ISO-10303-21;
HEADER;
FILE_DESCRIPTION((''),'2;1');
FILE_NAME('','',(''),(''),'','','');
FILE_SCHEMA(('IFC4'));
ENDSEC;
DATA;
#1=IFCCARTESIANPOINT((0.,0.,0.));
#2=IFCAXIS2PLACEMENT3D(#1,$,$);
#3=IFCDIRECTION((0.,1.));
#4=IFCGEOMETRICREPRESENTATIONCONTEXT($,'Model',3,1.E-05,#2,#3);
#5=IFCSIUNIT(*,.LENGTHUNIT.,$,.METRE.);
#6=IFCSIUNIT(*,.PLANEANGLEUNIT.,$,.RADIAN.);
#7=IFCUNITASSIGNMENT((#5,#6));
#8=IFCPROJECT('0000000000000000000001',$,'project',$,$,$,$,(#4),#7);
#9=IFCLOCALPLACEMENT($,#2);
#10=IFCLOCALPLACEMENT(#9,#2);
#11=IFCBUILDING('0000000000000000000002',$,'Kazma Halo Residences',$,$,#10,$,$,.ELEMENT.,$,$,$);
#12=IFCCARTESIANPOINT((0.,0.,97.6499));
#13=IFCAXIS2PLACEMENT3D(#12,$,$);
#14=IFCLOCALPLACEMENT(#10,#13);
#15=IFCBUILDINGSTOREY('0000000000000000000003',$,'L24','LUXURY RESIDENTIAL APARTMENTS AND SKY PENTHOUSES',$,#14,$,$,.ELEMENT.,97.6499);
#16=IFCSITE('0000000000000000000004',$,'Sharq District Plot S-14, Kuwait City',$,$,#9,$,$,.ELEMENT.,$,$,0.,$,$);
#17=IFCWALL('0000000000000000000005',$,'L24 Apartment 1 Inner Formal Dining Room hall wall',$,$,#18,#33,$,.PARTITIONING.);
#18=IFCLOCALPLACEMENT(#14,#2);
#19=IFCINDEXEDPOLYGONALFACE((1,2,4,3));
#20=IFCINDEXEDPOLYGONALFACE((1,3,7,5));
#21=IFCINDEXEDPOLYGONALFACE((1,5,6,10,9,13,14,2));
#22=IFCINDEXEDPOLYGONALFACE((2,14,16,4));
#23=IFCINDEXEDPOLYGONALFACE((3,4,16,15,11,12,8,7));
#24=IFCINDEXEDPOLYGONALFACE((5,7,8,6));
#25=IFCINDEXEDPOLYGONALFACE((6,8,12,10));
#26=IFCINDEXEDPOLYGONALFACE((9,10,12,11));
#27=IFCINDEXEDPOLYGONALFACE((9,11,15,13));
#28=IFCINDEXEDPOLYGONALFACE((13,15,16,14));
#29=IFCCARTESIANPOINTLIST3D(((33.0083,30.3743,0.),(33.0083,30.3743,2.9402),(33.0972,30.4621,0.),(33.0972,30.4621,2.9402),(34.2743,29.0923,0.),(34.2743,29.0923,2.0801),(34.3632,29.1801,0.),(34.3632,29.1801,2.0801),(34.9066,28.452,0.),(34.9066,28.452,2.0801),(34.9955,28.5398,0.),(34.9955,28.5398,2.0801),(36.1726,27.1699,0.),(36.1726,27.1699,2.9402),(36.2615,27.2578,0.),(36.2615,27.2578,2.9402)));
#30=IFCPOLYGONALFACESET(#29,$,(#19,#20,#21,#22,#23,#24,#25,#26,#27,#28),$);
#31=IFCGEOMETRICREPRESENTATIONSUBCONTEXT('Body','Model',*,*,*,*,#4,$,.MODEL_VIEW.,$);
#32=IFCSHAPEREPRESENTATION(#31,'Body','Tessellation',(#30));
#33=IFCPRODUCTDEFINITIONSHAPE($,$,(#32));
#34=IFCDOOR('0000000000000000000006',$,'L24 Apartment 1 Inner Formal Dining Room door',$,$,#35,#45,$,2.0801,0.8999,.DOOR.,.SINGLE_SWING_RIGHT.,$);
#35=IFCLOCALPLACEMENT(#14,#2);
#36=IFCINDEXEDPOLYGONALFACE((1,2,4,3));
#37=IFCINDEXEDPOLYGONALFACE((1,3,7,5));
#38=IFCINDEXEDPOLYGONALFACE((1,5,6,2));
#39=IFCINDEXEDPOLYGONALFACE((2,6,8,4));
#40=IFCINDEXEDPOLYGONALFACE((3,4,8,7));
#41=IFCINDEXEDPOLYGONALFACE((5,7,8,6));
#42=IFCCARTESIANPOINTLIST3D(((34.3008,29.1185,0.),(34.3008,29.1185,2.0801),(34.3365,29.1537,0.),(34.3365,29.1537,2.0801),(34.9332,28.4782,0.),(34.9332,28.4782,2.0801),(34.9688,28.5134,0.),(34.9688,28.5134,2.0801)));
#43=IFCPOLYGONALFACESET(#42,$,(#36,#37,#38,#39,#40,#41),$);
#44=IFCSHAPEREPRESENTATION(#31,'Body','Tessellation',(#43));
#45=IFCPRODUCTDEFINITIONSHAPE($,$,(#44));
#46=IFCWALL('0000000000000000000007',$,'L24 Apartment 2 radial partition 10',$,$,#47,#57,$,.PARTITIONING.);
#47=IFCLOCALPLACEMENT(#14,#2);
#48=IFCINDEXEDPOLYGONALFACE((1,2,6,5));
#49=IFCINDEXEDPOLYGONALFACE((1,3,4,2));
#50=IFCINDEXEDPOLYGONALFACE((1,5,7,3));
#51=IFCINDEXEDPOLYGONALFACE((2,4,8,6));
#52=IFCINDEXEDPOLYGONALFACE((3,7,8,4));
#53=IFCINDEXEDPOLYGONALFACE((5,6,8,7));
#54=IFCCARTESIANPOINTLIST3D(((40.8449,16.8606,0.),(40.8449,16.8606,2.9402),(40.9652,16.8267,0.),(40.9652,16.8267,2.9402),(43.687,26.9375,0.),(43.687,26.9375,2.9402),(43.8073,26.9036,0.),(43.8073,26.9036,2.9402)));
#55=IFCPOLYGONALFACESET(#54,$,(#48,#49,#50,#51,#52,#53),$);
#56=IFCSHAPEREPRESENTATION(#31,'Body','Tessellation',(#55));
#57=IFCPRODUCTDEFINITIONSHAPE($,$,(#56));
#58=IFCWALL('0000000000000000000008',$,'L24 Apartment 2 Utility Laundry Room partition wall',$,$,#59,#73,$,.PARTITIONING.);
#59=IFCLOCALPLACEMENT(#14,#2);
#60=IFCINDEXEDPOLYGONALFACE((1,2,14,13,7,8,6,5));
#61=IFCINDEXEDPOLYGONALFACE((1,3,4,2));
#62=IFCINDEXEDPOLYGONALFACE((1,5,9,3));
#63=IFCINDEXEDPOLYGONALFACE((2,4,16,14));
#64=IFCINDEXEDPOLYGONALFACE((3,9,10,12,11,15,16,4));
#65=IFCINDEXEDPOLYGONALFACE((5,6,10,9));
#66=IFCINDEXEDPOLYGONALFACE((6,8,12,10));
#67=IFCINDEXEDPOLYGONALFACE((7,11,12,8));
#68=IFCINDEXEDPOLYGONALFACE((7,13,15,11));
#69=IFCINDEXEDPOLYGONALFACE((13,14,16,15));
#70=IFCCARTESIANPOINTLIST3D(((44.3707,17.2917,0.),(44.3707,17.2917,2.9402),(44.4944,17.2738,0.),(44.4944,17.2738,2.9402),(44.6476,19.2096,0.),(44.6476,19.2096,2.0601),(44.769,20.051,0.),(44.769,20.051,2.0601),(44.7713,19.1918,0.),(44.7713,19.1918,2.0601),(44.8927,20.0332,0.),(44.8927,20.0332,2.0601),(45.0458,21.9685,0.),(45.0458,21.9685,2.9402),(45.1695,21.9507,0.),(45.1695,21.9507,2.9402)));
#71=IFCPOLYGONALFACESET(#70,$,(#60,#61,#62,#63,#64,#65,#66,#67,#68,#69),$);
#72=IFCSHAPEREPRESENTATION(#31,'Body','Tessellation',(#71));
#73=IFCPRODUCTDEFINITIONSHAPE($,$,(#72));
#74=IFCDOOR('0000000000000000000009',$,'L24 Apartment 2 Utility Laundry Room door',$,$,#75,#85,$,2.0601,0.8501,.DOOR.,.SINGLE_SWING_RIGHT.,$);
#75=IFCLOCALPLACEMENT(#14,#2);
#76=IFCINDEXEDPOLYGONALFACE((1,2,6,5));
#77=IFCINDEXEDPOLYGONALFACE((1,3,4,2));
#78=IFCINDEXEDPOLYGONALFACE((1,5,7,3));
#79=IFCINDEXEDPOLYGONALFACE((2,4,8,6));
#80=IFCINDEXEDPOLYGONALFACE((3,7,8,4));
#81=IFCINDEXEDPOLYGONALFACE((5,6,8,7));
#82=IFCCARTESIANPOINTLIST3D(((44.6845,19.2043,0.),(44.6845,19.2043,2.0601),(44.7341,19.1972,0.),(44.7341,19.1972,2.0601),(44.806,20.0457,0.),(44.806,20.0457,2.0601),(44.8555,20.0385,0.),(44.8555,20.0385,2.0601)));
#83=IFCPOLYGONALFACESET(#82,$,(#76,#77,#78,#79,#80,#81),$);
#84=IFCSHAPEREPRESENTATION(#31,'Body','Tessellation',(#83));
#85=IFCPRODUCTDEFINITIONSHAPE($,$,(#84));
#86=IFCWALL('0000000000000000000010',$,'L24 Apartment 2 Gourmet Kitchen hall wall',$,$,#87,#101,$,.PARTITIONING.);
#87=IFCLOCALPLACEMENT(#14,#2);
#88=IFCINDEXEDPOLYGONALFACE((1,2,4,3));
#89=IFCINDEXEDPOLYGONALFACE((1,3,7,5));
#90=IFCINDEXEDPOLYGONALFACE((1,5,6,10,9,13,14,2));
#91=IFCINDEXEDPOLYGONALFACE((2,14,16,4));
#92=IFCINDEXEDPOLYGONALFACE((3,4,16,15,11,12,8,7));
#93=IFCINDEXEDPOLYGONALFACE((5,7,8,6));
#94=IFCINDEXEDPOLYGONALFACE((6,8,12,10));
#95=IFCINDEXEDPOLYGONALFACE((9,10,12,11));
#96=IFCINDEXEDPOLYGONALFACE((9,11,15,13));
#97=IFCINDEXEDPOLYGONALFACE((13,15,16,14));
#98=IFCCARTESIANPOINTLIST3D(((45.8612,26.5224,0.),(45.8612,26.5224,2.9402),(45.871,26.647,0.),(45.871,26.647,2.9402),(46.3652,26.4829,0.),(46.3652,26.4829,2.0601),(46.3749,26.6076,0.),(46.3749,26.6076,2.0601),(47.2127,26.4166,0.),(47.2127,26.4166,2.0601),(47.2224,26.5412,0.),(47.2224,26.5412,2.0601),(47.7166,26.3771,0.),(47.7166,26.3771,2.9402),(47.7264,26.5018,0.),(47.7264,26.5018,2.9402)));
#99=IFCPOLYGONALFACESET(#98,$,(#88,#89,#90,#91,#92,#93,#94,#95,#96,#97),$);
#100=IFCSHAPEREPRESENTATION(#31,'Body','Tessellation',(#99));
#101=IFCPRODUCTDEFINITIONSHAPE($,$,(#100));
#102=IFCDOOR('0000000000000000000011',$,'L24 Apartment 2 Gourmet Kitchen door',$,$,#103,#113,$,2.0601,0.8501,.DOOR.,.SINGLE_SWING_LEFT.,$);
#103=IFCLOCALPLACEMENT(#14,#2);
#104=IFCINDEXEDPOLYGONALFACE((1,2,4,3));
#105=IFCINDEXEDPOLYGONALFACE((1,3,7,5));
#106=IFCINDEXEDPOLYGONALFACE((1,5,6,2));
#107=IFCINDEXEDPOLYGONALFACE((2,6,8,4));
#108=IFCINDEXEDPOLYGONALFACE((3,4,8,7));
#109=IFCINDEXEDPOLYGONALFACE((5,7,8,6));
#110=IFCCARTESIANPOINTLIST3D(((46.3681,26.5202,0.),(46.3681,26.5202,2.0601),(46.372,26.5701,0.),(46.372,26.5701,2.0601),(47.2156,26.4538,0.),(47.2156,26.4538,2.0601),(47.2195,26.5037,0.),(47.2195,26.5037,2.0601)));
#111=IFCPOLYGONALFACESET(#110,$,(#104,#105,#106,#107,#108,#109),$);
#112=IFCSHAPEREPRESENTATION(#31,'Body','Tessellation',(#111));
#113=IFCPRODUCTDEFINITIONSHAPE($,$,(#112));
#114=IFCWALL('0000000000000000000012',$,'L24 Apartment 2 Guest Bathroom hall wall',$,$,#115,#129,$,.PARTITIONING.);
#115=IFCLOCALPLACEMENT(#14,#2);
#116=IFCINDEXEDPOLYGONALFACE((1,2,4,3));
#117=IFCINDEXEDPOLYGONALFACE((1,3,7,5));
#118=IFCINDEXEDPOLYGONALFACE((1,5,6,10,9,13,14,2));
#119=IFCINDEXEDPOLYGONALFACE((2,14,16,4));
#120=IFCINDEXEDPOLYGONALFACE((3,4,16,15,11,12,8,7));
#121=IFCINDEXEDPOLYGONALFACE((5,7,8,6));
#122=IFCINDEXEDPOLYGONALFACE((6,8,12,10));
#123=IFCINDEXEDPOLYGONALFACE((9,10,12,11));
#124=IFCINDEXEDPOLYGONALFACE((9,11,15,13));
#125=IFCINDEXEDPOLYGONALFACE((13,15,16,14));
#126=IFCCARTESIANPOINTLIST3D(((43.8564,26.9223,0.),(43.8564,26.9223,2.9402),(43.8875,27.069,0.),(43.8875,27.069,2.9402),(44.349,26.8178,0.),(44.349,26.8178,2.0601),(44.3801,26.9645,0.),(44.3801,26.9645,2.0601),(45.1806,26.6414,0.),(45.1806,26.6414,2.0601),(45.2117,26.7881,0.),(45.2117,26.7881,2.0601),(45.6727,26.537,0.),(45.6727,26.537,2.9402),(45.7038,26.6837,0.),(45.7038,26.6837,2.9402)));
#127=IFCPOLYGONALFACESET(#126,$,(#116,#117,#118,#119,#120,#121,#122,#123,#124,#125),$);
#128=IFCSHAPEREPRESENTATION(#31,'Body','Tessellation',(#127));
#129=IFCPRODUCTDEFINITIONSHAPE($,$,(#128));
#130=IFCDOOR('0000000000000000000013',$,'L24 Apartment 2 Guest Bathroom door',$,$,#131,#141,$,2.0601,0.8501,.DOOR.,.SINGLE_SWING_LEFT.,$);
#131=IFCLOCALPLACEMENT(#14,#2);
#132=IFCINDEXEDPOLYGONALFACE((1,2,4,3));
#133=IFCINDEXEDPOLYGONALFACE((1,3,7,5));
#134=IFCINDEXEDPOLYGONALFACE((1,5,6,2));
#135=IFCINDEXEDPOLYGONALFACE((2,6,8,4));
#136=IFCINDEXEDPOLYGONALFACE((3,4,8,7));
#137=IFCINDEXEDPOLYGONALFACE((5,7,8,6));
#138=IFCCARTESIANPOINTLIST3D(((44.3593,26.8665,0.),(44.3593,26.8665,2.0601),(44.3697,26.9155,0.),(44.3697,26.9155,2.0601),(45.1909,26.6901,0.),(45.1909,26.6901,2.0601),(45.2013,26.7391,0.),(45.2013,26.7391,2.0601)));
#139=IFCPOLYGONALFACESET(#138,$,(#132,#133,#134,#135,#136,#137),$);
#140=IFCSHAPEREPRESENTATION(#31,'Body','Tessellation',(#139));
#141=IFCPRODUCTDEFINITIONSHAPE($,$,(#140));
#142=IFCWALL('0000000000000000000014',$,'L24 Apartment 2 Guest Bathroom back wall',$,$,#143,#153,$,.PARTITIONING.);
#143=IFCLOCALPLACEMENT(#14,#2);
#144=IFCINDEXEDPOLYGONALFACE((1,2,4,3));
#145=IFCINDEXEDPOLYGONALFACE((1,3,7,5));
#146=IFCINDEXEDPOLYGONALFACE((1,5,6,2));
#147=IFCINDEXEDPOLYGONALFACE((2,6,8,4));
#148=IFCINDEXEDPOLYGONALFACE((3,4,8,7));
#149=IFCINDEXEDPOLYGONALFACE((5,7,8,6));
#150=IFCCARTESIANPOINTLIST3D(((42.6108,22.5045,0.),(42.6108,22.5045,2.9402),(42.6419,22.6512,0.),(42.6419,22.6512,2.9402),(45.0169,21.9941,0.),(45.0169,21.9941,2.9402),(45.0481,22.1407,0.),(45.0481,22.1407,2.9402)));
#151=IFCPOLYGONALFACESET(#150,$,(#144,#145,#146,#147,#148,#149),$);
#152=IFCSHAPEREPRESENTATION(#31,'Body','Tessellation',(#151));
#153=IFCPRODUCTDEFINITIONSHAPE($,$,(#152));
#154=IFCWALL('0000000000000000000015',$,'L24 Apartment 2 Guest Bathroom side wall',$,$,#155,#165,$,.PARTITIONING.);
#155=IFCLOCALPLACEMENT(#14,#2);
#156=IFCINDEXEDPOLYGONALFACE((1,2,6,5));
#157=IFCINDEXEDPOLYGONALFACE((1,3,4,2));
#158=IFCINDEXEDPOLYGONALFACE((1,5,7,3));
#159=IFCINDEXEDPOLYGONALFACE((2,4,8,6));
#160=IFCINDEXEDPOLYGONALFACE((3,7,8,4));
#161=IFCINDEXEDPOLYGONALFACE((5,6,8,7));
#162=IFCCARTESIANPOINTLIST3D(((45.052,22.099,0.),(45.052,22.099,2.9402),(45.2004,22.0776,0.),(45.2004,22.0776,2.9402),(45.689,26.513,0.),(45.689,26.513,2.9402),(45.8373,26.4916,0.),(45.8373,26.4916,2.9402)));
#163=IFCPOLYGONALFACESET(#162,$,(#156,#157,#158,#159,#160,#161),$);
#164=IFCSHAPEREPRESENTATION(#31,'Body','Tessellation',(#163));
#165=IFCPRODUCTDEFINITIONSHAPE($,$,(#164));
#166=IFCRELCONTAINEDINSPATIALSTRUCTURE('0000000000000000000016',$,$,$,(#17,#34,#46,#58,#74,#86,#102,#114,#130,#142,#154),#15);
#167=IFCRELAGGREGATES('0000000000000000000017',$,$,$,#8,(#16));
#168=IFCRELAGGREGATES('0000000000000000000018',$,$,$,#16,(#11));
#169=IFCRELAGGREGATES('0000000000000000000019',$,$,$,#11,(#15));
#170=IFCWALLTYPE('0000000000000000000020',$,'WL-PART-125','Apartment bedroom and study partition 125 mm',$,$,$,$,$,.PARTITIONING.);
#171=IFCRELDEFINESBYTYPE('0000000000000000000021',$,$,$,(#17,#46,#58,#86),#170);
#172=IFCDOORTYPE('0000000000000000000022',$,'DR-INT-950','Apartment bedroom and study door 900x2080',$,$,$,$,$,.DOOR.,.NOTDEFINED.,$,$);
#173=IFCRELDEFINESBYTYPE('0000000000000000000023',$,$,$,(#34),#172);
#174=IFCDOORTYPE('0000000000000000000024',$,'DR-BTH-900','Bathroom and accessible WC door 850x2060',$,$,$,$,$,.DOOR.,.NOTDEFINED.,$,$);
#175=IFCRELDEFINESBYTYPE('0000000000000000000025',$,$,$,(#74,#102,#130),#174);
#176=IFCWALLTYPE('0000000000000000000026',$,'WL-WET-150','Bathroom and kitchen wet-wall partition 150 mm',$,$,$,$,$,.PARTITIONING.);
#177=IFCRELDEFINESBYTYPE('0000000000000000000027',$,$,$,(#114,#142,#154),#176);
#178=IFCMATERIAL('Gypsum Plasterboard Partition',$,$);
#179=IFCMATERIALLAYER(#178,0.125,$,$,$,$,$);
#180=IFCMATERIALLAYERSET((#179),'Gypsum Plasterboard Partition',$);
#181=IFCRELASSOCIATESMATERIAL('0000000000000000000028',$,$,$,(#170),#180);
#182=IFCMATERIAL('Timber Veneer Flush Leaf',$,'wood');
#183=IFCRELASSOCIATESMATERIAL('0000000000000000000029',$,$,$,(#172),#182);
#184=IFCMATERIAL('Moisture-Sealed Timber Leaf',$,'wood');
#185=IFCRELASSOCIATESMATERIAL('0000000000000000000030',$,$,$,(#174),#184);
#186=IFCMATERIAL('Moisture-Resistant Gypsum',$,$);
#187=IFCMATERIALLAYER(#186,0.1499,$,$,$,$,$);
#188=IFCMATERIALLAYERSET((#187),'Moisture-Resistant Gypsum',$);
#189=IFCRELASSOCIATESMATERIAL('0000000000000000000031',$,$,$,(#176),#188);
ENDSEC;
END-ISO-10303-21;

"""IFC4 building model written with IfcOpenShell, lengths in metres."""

from ifc_helpers import new_model, si_unit, direction, frame, frame_2d, origin, place, context, subcontext, project, spatial, rectangle, extrude, material, layer, layer_set, type_object, element, fill, save


model = new_model("IFC4")

# Units and contexts
model_context = context("Model", 3, precision=1e-05, world=origin(), true_north=direction((0.0, 1.0)))
body_context = subcontext(model_context, "Body", "Model", "MODEL_VIEW")
ifc_project = project(units=[si_unit("LENGTHUNIT", "METRE"), si_unit("PLANEANGLEUNIT", "RADIAN")], contexts=[model_context])

# Site, building, storey
site_placement = place(None, origin())
site = spatial("IfcSite", under=ifc_project, at=site_placement, Name="Sharq District Plot S-14, Kuwait City", CompositionType="ELEMENT", RefElevation=0.0)
building_placement = place(site_placement, origin())
building = spatial("IfcBuilding", under=site, at=building_placement, Name="Kazma Halo Residences", CompositionType="ELEMENT")
storey_placement = place(building_placement, frame((0.0, 0.0, 97.6499)))
storey = spatial("IfcBuildingStorey", under=building, at=storey_placement, Name="L24", Description="LUXURY RESIDENTIAL APARTMENTS AND SKY PENTHOUSES", CompositionType="ELEMENT", Elevation=97.6499)

# Wall, opening, door
ifc_material_1 = material(Name="Gypsum Plasterboard Partition")
ifc_layer_1 = layer(ifc_material_1, 0.125)
ifc_layer_set_1 = layer_set([ifc_layer_1], Name="Gypsum Plasterboard Partition")
wall_type_1 = type_object("IfcWallType", Name="WL-PART-125", Description="Apartment bedroom and study partition 125 mm", PredefinedType="PARTITIONING", material=ifc_layer_set_1)
wall_1_placement = place(storey_placement, frame((33.0527, 30.4182, 0.0), z_axis=(0.0, 0.0, 1.0), x_axis=(0.702647, -0.711538, 0.0)))
wall_1 = element("IfcWall", 1, at=wall_1_placement, inside=storey, type_object=wall_type_1, Name="L24 Apartment 1 Inner Formal Dining Room hall wall", PredefinedType="PARTITIONING", context=body_context, shape_type="SweptSolid", body=[
    extrude(rectangle(XDim=4.5034, YDim=0.125, at=frame_2d((2.2517, 0.0))), origin(), (0.0, 0.0, 1.0), 2.9402),
])
opening_1_placement = place(wall_1_placement, frame((1.8018, 0.0, 0.0)))
opening_1 = element("IfcOpeningElement", 2, at=opening_1_placement, cuts=wall_1, PredefinedType="OPENING", context=body_context, shape_type="SweptSolid", body=[
    extrude(rectangle(XDim=0.8999, YDim=2.0801, at=frame_2d((0.45, 1.04))), frame((0.0, 0.0725, 0.0), z_axis=(0.0, -1.0, 0.0), x_axis=(1.0, 0.0, 0.0)), (0.0, 0.0, 1.0), 0.145),
])
ifc_material_2 = material(Name="Timber Veneer Flush Leaf", Category="wood")
door_type_1 = type_object("IfcDoorType", Name="DR-INT-950", Description="Apartment bedroom and study door 900x2080", OperationType="NOTDEFINED", PredefinedType="DOOR", material=ifc_material_2)
door_1_placement = place(opening_1_placement, origin())
door_1 = element("IfcDoor", 3, at=door_1_placement, inside=storey, type_object=door_type_1, Name="L24 Apartment 1 Inner Formal Dining Room door", OperationType="SINGLE_SWING_RIGHT", OverallHeight=2.0801, OverallWidth=0.8999, PredefinedType="DOOR", context=body_context, shape_type="SweptSolid", body=[
    extrude(rectangle(XDim=0.8999, YDim=2.0801, at=frame_2d((0.45, 1.04))), frame((0.0, 0.0249, 0.0), z_axis=(0.0, -1.0, 0.0), x_axis=(1.0, 0.0, 0.0)), (0.0, 0.0, 1.0), 0.05),
])
fill(opening_1, door_1)

# Wall
wall_2_placement = place(storey_placement, frame((43.7471, 26.9204, 0.0), z_axis=(0.0, 0.0, 1.0), x_axis=(-0.271446, -0.962454, 0.0)))
element("IfcWall", 4, at=wall_2_placement, inside=storey, type_object=wall_type_1, Name="L24 Apartment 2 radial partition 10", PredefinedType="PARTITIONING", context=body_context, shape_type="SweptSolid", body=[
    extrude(rectangle(XDim=10.47, YDim=0.125, at=frame_2d((5.2349, 0.0))), origin(), (0.0, 0.0, 1.0), 2.9402),
])

# Walls, openings, doors
wall_3_placement = place(storey_placement, frame((45.1077, 21.9597, 0.0), z_axis=(0.0, 0.0, 1.0), x_axis=(-0.142861, -0.989743, 0.0)))
wall_3 = element("IfcWall", 5, at=wall_3_placement, inside=storey, type_object=wall_type_1, Name="L24 Apartment 2 Utility Laundry Room partition wall", PredefinedType="PARTITIONING", context=body_context, shape_type="SweptSolid", body=[
    extrude(rectangle(XDim=4.7253, YDim=0.125, at=frame_2d((2.3628, 0.0))), origin(), (0.0, 0.0, 1.0), 2.9402),
])
opening_2_placement = place(wall_3_placement, frame((1.9375, 0.0, 0.0)))
opening_2 = element("IfcOpeningElement", 6, at=opening_2_placement, cuts=wall_3, PredefinedType="OPENING", context=body_context, shape_type="SweptSolid", body=[
    extrude(rectangle(XDim=0.8501, YDim=2.0601, at=frame_2d((0.425, 1.03))), frame((0.0, 0.0725, 0.0), z_axis=(0.0, -1.0, 0.0), x_axis=(1.0, 0.0, 0.0)), (0.0, 0.0, 1.0), 0.145),
])
ifc_material_3 = material(Name="Moisture-Sealed Timber Leaf", Category="wood")
door_type_2 = type_object("IfcDoorType", Name="DR-BTH-900", Description="Bathroom and accessible WC door 850x2060", OperationType="NOTDEFINED", PredefinedType="DOOR", material=ifc_material_3)
door_2_placement = place(opening_2_placement, origin())
door_2 = element("IfcDoor", 7, at=door_2_placement, inside=storey, type_object=door_type_2, Name="L24 Apartment 2 Utility Laundry Room door", OperationType="SINGLE_SWING_RIGHT", OverallHeight=2.0601, OverallWidth=0.8501, PredefinedType="DOOR", context=body_context, shape_type="SweptSolid", body=[
    extrude(rectangle(XDim=0.8501, YDim=2.0601, at=frame_2d((0.425, 1.03))), frame((0.0, 0.0249, 0.0), z_axis=(0.0, -1.0, 0.0), x_axis=(1.0, 0.0, 0.0)), (0.0, 0.0, 1.0), 0.05),
])
fill(opening_2, door_2)
wall_4_placement = place(storey_placement, frame((45.866, 26.5847, 0.0), z_axis=(0.0, 0.0, 1.0), x_axis=(0.996949, -0.078051, 0.0)))
wall_4 = element("IfcWall", 8, at=wall_4_placement, inside=storey, type_object=wall_type_1, Name="L24 Apartment 2 Gourmet Kitchen hall wall", PredefinedType="PARTITIONING", context=body_context, shape_type="SweptSolid", body=[
    extrude(rectangle(XDim=1.8611, YDim=0.125, at=frame_2d((0.9307, 0.0))), origin(), (0.0, 0.0, 1.0), 2.9402),
])
opening_3_placement = place(wall_4_placement, frame((0.5056, 0.0, 0.0)))
opening_3 = element("IfcOpeningElement", 9, at=opening_3_placement, cuts=wall_4, PredefinedType="OPENING", context=body_context, shape_type="SweptSolid", body=[
    extrude(rectangle(XDim=0.8501, YDim=2.0601, at=frame_2d((0.425, 1.03))), frame((0.0, 0.0725, 0.0), z_axis=(0.0, -1.0, 0.0), x_axis=(1.0, 0.0, 0.0)), (0.0, 0.0, 1.0), 0.145),
])
door_3_placement = place(opening_3_placement, origin())
door_3 = element("IfcDoor", 10, at=door_3_placement, inside=storey, type_object=door_type_2, Name="L24 Apartment 2 Gourmet Kitchen door", OperationType="SINGLE_SWING_LEFT", OverallHeight=2.0601, OverallWidth=0.8501, PredefinedType="DOOR", context=body_context, shape_type="SweptSolid", body=[
    extrude(rectangle(XDim=0.8501, YDim=2.0601, at=frame_2d((0.425, 1.03))), frame((0.0, 0.0249, 0.0), z_axis=(0.0, -1.0, 0.0), x_axis=(1.0, 0.0, 0.0)), (0.0, 0.0, 1.0), 0.05),
])
fill(opening_3, door_3)
ifc_material_4 = material(Name="Moisture-Resistant Gypsum")
ifc_layer_2 = layer(ifc_material_4, 0.1499)
ifc_layer_set_2 = layer_set([ifc_layer_2], Name="Moisture-Resistant Gypsum")
wall_type_2 = type_object("IfcWallType", Name="WL-WET-150", Description="Bathroom and kitchen wet-wall partition 150 mm", PredefinedType="PARTITIONING", material=ifc_layer_set_2)
wall_5_placement = place(storey_placement, frame((43.8721, 26.9956, 0.0), z_axis=(0.0, 0.0, 1.0), x_axis=(0.978233, -0.207508, 0.0)))
wall_5 = element("IfcWall", 11, at=wall_5_placement, inside=storey, type_object=wall_type_2, Name="L24 Apartment 2 Guest Bathroom hall wall", PredefinedType="PARTITIONING", context=body_context, shape_type="SweptSolid", body=[
    extrude(rectangle(XDim=1.8567, YDim=0.1499, at=frame_2d((0.9282, 0.0))), origin(), (0.0, 0.0, 1.0), 2.9402),
])
opening_4_placement = place(wall_5_placement, frame((0.5034, 0.0, 0.0)))
opening_4 = element("IfcOpeningElement", 12, at=opening_4_placement, cuts=wall_5, PredefinedType="OPENING", context=body_context, shape_type="SweptSolid", body=[
    extrude(rectangle(XDim=0.8501, YDim=2.0601, at=frame_2d((0.425, 1.03))), frame((0.0, 0.085, 0.0), z_axis=(0.0, -1.0, 0.0), x_axis=(1.0, 0.0, 0.0)), (0.0, 0.0, 1.0), 0.1699),
])
door_4_placement = place(opening_4_placement, origin())
door_4 = element("IfcDoor", 13, at=door_4_placement, inside=storey, type_object=door_type_2, Name="L24 Apartment 2 Guest Bathroom door", OperationType="SINGLE_SWING_LEFT", OverallHeight=2.0601, OverallWidth=0.8501, PredefinedType="DOOR", context=body_context, shape_type="SweptSolid", body=[
    extrude(rectangle(XDim=0.8501, YDim=2.0601, at=frame_2d((0.425, 1.03))), frame((0.0, 0.0249, 0.0), z_axis=(0.0, -1.0, 0.0), x_axis=(1.0, 0.0, 0.0)), (0.0, 0.0, 1.0), 0.05),
])
fill(opening_4, door_4)

# Walls
wall_6_placement = place(storey_placement, frame((42.6262, 22.5779, 0.0), z_axis=(0.0, 0.0, 1.0), x_axis=(0.978227, -0.207536, 0.0)))
element("IfcWall", 14, at=wall_6_placement, inside=storey, type_object=wall_type_2, Name="L24 Apartment 2 Guest Bathroom back wall", PredefinedType="PARTITIONING", context=body_context, shape_type="SweptSolid", body=[
    extrude(rectangle(XDim=2.4597, YDim=0.1499, at=frame_2d((1.23, 0.0))), origin(), (0.0, 0.0, 1.0), 2.9402),
])
wall_7_placement = place(storey_placement, frame((45.7632, 26.5024, 0.0), z_axis=(0.0, 0.0, 1.0), x_axis=(-0.142824, -0.989748, 0.0)))
element("IfcWall", 15, at=wall_7_placement, inside=storey, type_object=wall_type_2, Name="L24 Apartment 2 Guest Bathroom side wall", PredefinedType="PARTITIONING", context=body_context, shape_type="SweptSolid", body=[
    extrude(rectangle(XDim=4.4597, YDim=0.1499, at=frame_2d((2.23, 0.0))), origin(), (0.0, 0.0, 1.0), 2.9402),
])

save(model, "model.ifc")
